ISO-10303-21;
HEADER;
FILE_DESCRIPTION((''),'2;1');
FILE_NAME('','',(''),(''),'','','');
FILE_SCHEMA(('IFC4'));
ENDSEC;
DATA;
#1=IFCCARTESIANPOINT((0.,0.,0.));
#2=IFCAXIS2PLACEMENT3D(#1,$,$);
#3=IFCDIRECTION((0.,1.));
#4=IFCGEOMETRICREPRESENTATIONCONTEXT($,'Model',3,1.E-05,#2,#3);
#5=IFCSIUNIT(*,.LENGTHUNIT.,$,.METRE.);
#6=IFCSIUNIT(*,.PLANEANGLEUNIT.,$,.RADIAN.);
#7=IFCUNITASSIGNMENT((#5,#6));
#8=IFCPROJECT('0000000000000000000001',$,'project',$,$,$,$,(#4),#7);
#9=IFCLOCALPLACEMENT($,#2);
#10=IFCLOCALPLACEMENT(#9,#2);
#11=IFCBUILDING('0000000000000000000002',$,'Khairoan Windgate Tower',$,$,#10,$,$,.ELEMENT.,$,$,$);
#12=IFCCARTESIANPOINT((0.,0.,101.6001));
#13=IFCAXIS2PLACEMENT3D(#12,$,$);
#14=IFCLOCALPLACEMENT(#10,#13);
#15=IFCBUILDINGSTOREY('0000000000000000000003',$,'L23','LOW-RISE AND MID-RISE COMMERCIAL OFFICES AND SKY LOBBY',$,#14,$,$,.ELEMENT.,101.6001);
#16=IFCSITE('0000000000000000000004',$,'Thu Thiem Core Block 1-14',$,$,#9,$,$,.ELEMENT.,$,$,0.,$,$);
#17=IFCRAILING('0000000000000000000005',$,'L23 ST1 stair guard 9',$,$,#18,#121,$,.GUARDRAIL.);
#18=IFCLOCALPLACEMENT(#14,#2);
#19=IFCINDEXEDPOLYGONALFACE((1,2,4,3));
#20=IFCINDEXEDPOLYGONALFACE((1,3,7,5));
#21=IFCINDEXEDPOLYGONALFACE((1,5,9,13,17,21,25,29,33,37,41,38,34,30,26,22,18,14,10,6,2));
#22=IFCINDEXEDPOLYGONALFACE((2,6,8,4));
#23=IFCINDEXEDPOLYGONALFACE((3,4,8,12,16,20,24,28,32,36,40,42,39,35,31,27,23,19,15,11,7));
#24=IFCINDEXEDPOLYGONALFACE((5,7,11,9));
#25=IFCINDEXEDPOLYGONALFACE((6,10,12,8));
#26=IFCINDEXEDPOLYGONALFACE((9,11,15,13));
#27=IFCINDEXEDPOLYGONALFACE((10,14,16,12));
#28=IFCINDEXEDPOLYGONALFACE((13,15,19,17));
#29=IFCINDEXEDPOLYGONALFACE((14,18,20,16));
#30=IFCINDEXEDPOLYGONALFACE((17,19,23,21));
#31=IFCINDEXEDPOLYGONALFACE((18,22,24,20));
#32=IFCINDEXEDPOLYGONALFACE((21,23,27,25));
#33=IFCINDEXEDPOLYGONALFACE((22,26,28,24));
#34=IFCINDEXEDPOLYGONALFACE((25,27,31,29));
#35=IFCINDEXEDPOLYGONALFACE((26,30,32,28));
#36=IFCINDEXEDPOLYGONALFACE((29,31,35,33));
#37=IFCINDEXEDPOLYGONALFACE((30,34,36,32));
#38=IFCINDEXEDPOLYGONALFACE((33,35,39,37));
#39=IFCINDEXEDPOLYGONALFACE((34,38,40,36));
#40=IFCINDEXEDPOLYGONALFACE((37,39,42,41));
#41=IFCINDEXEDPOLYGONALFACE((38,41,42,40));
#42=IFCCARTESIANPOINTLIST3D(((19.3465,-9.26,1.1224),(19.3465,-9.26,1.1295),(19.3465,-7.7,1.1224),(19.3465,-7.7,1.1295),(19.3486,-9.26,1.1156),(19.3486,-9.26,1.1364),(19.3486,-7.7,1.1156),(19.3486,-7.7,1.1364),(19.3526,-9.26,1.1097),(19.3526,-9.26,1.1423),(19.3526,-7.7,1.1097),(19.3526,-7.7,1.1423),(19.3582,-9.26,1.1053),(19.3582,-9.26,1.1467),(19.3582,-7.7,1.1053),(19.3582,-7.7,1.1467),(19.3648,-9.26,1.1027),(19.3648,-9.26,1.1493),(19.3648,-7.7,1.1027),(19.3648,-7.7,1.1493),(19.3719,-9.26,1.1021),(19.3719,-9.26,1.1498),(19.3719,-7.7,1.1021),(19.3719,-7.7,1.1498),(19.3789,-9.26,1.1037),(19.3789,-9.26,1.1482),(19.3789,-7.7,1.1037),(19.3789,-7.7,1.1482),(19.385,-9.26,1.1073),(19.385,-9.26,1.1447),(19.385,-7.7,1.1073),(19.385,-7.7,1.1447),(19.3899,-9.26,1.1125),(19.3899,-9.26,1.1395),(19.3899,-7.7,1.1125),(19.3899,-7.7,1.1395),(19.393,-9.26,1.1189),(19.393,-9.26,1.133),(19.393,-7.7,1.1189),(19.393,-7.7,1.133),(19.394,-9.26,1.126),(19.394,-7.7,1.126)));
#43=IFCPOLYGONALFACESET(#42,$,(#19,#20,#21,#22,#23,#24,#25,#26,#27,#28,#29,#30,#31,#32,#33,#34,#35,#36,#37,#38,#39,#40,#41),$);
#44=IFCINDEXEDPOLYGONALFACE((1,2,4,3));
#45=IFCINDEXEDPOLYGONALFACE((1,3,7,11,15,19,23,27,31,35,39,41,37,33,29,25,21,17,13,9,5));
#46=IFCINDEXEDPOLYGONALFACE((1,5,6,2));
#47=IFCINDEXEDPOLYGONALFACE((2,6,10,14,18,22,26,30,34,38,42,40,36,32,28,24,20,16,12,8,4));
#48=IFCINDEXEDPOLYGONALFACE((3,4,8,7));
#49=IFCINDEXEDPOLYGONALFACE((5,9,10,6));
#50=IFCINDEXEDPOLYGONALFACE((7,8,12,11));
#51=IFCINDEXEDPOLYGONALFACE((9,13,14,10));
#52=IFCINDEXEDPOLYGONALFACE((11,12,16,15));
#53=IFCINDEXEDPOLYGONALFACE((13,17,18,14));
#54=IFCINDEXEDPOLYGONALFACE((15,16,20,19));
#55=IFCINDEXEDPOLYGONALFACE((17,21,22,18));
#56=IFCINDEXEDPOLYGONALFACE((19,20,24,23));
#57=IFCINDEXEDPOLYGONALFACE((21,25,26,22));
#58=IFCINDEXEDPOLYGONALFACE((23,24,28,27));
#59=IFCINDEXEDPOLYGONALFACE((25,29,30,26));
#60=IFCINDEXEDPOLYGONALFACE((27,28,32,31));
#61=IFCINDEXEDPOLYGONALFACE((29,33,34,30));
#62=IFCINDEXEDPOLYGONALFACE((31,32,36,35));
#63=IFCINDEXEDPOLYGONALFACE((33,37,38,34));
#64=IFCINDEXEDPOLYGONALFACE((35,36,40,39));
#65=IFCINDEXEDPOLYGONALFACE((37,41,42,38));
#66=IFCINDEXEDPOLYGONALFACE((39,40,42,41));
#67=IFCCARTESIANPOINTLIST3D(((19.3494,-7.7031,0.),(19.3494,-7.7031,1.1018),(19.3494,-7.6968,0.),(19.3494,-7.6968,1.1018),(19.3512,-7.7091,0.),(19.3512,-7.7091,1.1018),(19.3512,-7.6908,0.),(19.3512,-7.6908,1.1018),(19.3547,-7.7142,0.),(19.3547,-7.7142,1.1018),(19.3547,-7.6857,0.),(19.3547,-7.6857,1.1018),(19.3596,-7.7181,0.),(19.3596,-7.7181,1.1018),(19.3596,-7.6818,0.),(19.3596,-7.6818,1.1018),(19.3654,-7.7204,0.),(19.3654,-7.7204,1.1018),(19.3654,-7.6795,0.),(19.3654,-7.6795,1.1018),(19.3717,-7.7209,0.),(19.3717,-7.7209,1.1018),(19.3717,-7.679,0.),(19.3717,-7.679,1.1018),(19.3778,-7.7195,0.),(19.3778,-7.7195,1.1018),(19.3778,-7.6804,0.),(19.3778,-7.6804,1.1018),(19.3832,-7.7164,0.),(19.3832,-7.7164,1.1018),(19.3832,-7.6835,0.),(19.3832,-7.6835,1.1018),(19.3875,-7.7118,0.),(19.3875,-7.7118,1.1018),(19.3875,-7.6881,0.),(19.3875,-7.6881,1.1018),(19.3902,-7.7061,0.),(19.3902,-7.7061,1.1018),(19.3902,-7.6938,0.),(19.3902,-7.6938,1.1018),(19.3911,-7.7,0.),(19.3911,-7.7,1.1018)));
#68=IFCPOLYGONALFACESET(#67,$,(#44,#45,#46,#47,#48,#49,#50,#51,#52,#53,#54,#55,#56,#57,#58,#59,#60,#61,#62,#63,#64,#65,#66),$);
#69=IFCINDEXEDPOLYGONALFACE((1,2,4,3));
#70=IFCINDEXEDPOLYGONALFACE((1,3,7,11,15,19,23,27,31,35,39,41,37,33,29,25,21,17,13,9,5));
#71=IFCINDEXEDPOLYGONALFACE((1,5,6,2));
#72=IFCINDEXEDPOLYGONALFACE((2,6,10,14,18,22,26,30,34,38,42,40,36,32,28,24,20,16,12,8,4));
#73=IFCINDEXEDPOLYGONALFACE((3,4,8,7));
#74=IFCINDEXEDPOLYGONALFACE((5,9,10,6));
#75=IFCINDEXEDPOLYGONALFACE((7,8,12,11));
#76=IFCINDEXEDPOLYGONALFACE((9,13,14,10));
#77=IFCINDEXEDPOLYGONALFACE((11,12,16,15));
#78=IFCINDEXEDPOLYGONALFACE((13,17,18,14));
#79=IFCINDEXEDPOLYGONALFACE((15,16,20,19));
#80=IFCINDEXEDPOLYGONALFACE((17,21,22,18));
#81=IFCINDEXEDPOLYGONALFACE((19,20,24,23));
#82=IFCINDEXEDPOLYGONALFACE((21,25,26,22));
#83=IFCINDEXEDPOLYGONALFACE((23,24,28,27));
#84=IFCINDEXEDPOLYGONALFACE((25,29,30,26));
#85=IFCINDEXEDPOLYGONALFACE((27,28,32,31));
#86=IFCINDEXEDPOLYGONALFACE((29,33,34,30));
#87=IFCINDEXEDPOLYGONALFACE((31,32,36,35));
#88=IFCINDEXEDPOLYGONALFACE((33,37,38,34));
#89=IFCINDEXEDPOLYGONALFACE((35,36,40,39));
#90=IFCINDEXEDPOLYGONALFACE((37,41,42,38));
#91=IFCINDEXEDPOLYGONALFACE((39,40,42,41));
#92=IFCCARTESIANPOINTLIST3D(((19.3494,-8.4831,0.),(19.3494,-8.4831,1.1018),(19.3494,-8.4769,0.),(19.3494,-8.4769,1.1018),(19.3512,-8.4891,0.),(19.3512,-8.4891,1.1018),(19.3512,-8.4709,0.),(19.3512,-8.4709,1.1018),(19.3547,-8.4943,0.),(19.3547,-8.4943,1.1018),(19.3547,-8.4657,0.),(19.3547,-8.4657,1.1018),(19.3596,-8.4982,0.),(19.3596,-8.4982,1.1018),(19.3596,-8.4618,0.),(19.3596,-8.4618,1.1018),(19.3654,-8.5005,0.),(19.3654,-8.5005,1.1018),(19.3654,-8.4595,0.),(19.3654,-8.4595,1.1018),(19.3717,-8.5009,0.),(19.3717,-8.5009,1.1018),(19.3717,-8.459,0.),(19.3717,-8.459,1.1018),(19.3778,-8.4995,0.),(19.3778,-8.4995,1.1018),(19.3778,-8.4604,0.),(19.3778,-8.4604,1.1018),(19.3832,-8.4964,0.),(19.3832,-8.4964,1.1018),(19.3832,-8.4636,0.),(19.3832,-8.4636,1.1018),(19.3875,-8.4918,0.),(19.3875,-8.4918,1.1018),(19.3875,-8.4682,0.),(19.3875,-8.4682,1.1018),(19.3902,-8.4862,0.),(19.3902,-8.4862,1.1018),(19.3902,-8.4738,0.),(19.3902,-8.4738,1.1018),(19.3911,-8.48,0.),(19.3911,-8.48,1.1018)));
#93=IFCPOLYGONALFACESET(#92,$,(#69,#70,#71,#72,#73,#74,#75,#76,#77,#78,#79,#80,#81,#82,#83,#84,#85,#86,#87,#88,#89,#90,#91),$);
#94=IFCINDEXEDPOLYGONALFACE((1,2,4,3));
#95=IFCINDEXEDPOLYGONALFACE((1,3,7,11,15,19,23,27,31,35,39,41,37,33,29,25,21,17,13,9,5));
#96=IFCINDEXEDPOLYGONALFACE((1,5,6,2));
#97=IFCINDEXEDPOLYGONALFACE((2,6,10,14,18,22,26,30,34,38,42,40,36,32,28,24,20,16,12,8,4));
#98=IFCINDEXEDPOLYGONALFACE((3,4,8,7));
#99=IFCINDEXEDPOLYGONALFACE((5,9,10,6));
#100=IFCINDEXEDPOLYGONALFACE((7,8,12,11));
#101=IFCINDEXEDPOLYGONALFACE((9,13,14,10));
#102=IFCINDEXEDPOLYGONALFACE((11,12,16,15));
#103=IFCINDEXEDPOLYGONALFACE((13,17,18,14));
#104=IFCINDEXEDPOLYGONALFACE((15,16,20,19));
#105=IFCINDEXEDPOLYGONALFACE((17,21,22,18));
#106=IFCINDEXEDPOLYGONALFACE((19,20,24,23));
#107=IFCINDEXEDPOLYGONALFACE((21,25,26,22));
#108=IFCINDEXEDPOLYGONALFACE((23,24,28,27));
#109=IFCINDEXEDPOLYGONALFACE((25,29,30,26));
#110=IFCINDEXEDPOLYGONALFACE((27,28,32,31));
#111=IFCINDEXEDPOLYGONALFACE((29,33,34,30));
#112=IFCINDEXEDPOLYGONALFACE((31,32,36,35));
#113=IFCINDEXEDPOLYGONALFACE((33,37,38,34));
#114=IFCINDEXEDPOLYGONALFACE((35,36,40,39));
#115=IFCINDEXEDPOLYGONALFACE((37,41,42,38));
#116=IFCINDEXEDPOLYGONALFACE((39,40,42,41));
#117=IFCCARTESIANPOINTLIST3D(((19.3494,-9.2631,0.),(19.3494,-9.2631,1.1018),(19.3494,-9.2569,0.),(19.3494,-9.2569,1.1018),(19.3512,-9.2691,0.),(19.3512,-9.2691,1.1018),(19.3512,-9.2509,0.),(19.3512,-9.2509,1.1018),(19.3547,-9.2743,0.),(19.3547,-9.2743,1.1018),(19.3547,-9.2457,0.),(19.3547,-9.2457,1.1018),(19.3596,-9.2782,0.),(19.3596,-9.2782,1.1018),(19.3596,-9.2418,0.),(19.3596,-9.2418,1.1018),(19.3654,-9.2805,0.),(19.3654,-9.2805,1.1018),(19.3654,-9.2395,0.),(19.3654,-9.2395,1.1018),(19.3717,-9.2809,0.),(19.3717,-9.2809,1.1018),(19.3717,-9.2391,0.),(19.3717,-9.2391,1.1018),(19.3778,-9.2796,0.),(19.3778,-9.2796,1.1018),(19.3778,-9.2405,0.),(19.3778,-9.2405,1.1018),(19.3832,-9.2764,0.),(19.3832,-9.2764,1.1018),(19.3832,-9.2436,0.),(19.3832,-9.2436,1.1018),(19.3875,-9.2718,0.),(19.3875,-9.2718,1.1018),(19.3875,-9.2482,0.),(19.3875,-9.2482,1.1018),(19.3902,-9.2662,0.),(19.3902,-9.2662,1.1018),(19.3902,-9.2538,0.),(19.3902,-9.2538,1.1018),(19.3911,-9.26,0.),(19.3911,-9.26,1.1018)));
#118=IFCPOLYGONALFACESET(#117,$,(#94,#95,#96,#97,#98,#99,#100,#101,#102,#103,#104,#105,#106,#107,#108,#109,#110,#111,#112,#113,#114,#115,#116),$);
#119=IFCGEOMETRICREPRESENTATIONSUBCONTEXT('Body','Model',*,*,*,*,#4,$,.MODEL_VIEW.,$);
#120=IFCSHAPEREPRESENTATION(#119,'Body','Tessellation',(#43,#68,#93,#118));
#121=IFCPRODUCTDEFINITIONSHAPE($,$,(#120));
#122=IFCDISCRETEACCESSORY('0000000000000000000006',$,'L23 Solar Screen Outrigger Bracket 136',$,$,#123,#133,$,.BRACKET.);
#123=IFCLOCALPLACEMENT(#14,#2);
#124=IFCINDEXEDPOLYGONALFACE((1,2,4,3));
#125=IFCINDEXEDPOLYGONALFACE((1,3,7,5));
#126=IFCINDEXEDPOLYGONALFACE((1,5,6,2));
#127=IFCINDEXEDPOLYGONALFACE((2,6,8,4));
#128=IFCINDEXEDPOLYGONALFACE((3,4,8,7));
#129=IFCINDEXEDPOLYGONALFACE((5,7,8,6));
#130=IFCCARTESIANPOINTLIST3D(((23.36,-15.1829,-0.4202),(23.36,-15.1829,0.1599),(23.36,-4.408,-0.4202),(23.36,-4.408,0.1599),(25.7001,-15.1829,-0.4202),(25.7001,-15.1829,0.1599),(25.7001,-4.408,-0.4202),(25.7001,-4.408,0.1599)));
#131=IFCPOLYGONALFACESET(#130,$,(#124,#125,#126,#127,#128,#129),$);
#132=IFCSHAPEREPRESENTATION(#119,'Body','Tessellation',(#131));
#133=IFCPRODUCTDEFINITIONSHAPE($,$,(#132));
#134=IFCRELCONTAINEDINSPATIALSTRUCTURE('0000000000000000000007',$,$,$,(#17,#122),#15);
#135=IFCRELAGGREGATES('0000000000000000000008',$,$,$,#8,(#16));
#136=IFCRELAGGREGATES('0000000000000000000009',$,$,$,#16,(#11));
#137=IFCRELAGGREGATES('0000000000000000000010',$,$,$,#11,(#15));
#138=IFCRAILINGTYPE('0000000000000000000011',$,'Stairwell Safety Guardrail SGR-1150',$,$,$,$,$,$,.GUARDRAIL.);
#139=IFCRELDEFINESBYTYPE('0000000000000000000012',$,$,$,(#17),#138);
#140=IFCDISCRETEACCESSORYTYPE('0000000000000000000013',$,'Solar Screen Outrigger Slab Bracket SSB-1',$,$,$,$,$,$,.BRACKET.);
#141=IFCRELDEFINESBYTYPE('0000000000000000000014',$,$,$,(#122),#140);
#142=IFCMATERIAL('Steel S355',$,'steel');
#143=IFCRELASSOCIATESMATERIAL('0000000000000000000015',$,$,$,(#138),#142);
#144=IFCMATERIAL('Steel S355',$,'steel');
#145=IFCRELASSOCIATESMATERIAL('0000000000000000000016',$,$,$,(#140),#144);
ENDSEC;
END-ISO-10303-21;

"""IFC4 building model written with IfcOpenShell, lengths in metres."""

from ifc_helpers import new_model, si_unit, direction, frame, origin, origin_2d, place, context, subcontext, project, spatial, rectangle, circle, extrude, material, type_object, element, save


model = new_model("IFC4")

# Units and contexts
model_context = context("Model", 3, precision=1e-05, world=origin(), true_north=direction((0.0, 1.0)))
body_context = subcontext(model_context, "Body", "Model", "MODEL_VIEW")
ifc_project = project(units=[si_unit("LENGTHUNIT", "METRE"), si_unit("PLANEANGLEUNIT", "RADIAN")], contexts=[model_context])

# Site, building, storey
site_placement = place(None, origin())
site = spatial("IfcSite", under=ifc_project, at=site_placement, Name="Thu Thiem Core Block 1-14", CompositionType="ELEMENT", RefElevation=0.0)
building_placement = place(site_placement, origin())
building = spatial("IfcBuilding", under=site, at=building_placement, Name="Khairoan Windgate Tower", CompositionType="ELEMENT")
storey_placement = place(building_placement, frame((0.0, 0.0, 101.6001)))
storey = spatial("IfcBuildingStorey", under=building, at=storey_placement, Name="L23", Description="LOW-RISE AND MID-RISE COMMERCIAL OFFICES AND SKY LOBBY", CompositionType="ELEMENT", Elevation=101.6001)

# Railing
ifc_material_1 = material(Name="Steel S355", Category="steel")
railing_type_1 = type_object("IfcRailingType", Name="Stairwell Safety Guardrail SGR-1150", PredefinedType="GUARDRAIL", material=ifc_material_1)
for number, where, name in (
    (1, (19.3701, -7.7, 0.0), "L23 ST1 stair guard 9"),
):
    element("IfcRailing", number, at=place(storey_placement, frame(where)), inside=storey, type_object=railing_type_1, Name=name, PredefinedType="GUARDRAIL", context=body_context, shape_type="SweptSolid", body=[
        extrude(circle(Radius=0.0239, at=origin_2d()), frame((0.0, 0.0, 1.126), z_axis=(0.0, -1.0, 0.0), x_axis=(1.0, 0.0, 0.0)), (0.0, 0.0, 1.0), 1.5601),
        extrude(circle(Radius=0.021, at=origin_2d()), origin(), (0.0, 0.0, 1.0), 1.1018),
        extrude(circle(Radius=0.021, at=origin_2d()), frame((0.0, -0.78, 0.0)), (0.0, 0.0, 1.0), 1.1018),
        extrude(circle(Radius=0.021, at=origin_2d()), frame((0.0, -1.5601, 0.0)), (0.0, 0.0, 1.0), 1.1018),
    ])

# Discrete accessory
ifc_material_2 = material(Name="Steel S355", Category="steel")
discrete_accessory_type = type_object("IfcDiscreteAccessoryType", Name="Solar Screen Outrigger Slab Bracket SSB-1", PredefinedType="BRACKET", material=ifc_material_2)
discrete_accessory_placement = place(storey_placement, frame((24.53, -9.7954, -0.4202), z_axis=(0.0, 0.0, 1.0), x_axis=(0.0, -1.0, 0.0)))
element("IfcDiscreteAccessory", 2, at=discrete_accessory_placement, inside=storey, type_object=discrete_accessory_type, Name="L23 Solar Screen Outrigger Bracket 136", PredefinedType="BRACKET", context=body_context, shape_type="SweptSolid", body=[
    extrude(rectangle(XDim=10.7749, YDim=2.3401, at=origin_2d()), origin(), (0.0, 0.0, 1.0), 0.5801),
])

save(model, "model.ifc")
